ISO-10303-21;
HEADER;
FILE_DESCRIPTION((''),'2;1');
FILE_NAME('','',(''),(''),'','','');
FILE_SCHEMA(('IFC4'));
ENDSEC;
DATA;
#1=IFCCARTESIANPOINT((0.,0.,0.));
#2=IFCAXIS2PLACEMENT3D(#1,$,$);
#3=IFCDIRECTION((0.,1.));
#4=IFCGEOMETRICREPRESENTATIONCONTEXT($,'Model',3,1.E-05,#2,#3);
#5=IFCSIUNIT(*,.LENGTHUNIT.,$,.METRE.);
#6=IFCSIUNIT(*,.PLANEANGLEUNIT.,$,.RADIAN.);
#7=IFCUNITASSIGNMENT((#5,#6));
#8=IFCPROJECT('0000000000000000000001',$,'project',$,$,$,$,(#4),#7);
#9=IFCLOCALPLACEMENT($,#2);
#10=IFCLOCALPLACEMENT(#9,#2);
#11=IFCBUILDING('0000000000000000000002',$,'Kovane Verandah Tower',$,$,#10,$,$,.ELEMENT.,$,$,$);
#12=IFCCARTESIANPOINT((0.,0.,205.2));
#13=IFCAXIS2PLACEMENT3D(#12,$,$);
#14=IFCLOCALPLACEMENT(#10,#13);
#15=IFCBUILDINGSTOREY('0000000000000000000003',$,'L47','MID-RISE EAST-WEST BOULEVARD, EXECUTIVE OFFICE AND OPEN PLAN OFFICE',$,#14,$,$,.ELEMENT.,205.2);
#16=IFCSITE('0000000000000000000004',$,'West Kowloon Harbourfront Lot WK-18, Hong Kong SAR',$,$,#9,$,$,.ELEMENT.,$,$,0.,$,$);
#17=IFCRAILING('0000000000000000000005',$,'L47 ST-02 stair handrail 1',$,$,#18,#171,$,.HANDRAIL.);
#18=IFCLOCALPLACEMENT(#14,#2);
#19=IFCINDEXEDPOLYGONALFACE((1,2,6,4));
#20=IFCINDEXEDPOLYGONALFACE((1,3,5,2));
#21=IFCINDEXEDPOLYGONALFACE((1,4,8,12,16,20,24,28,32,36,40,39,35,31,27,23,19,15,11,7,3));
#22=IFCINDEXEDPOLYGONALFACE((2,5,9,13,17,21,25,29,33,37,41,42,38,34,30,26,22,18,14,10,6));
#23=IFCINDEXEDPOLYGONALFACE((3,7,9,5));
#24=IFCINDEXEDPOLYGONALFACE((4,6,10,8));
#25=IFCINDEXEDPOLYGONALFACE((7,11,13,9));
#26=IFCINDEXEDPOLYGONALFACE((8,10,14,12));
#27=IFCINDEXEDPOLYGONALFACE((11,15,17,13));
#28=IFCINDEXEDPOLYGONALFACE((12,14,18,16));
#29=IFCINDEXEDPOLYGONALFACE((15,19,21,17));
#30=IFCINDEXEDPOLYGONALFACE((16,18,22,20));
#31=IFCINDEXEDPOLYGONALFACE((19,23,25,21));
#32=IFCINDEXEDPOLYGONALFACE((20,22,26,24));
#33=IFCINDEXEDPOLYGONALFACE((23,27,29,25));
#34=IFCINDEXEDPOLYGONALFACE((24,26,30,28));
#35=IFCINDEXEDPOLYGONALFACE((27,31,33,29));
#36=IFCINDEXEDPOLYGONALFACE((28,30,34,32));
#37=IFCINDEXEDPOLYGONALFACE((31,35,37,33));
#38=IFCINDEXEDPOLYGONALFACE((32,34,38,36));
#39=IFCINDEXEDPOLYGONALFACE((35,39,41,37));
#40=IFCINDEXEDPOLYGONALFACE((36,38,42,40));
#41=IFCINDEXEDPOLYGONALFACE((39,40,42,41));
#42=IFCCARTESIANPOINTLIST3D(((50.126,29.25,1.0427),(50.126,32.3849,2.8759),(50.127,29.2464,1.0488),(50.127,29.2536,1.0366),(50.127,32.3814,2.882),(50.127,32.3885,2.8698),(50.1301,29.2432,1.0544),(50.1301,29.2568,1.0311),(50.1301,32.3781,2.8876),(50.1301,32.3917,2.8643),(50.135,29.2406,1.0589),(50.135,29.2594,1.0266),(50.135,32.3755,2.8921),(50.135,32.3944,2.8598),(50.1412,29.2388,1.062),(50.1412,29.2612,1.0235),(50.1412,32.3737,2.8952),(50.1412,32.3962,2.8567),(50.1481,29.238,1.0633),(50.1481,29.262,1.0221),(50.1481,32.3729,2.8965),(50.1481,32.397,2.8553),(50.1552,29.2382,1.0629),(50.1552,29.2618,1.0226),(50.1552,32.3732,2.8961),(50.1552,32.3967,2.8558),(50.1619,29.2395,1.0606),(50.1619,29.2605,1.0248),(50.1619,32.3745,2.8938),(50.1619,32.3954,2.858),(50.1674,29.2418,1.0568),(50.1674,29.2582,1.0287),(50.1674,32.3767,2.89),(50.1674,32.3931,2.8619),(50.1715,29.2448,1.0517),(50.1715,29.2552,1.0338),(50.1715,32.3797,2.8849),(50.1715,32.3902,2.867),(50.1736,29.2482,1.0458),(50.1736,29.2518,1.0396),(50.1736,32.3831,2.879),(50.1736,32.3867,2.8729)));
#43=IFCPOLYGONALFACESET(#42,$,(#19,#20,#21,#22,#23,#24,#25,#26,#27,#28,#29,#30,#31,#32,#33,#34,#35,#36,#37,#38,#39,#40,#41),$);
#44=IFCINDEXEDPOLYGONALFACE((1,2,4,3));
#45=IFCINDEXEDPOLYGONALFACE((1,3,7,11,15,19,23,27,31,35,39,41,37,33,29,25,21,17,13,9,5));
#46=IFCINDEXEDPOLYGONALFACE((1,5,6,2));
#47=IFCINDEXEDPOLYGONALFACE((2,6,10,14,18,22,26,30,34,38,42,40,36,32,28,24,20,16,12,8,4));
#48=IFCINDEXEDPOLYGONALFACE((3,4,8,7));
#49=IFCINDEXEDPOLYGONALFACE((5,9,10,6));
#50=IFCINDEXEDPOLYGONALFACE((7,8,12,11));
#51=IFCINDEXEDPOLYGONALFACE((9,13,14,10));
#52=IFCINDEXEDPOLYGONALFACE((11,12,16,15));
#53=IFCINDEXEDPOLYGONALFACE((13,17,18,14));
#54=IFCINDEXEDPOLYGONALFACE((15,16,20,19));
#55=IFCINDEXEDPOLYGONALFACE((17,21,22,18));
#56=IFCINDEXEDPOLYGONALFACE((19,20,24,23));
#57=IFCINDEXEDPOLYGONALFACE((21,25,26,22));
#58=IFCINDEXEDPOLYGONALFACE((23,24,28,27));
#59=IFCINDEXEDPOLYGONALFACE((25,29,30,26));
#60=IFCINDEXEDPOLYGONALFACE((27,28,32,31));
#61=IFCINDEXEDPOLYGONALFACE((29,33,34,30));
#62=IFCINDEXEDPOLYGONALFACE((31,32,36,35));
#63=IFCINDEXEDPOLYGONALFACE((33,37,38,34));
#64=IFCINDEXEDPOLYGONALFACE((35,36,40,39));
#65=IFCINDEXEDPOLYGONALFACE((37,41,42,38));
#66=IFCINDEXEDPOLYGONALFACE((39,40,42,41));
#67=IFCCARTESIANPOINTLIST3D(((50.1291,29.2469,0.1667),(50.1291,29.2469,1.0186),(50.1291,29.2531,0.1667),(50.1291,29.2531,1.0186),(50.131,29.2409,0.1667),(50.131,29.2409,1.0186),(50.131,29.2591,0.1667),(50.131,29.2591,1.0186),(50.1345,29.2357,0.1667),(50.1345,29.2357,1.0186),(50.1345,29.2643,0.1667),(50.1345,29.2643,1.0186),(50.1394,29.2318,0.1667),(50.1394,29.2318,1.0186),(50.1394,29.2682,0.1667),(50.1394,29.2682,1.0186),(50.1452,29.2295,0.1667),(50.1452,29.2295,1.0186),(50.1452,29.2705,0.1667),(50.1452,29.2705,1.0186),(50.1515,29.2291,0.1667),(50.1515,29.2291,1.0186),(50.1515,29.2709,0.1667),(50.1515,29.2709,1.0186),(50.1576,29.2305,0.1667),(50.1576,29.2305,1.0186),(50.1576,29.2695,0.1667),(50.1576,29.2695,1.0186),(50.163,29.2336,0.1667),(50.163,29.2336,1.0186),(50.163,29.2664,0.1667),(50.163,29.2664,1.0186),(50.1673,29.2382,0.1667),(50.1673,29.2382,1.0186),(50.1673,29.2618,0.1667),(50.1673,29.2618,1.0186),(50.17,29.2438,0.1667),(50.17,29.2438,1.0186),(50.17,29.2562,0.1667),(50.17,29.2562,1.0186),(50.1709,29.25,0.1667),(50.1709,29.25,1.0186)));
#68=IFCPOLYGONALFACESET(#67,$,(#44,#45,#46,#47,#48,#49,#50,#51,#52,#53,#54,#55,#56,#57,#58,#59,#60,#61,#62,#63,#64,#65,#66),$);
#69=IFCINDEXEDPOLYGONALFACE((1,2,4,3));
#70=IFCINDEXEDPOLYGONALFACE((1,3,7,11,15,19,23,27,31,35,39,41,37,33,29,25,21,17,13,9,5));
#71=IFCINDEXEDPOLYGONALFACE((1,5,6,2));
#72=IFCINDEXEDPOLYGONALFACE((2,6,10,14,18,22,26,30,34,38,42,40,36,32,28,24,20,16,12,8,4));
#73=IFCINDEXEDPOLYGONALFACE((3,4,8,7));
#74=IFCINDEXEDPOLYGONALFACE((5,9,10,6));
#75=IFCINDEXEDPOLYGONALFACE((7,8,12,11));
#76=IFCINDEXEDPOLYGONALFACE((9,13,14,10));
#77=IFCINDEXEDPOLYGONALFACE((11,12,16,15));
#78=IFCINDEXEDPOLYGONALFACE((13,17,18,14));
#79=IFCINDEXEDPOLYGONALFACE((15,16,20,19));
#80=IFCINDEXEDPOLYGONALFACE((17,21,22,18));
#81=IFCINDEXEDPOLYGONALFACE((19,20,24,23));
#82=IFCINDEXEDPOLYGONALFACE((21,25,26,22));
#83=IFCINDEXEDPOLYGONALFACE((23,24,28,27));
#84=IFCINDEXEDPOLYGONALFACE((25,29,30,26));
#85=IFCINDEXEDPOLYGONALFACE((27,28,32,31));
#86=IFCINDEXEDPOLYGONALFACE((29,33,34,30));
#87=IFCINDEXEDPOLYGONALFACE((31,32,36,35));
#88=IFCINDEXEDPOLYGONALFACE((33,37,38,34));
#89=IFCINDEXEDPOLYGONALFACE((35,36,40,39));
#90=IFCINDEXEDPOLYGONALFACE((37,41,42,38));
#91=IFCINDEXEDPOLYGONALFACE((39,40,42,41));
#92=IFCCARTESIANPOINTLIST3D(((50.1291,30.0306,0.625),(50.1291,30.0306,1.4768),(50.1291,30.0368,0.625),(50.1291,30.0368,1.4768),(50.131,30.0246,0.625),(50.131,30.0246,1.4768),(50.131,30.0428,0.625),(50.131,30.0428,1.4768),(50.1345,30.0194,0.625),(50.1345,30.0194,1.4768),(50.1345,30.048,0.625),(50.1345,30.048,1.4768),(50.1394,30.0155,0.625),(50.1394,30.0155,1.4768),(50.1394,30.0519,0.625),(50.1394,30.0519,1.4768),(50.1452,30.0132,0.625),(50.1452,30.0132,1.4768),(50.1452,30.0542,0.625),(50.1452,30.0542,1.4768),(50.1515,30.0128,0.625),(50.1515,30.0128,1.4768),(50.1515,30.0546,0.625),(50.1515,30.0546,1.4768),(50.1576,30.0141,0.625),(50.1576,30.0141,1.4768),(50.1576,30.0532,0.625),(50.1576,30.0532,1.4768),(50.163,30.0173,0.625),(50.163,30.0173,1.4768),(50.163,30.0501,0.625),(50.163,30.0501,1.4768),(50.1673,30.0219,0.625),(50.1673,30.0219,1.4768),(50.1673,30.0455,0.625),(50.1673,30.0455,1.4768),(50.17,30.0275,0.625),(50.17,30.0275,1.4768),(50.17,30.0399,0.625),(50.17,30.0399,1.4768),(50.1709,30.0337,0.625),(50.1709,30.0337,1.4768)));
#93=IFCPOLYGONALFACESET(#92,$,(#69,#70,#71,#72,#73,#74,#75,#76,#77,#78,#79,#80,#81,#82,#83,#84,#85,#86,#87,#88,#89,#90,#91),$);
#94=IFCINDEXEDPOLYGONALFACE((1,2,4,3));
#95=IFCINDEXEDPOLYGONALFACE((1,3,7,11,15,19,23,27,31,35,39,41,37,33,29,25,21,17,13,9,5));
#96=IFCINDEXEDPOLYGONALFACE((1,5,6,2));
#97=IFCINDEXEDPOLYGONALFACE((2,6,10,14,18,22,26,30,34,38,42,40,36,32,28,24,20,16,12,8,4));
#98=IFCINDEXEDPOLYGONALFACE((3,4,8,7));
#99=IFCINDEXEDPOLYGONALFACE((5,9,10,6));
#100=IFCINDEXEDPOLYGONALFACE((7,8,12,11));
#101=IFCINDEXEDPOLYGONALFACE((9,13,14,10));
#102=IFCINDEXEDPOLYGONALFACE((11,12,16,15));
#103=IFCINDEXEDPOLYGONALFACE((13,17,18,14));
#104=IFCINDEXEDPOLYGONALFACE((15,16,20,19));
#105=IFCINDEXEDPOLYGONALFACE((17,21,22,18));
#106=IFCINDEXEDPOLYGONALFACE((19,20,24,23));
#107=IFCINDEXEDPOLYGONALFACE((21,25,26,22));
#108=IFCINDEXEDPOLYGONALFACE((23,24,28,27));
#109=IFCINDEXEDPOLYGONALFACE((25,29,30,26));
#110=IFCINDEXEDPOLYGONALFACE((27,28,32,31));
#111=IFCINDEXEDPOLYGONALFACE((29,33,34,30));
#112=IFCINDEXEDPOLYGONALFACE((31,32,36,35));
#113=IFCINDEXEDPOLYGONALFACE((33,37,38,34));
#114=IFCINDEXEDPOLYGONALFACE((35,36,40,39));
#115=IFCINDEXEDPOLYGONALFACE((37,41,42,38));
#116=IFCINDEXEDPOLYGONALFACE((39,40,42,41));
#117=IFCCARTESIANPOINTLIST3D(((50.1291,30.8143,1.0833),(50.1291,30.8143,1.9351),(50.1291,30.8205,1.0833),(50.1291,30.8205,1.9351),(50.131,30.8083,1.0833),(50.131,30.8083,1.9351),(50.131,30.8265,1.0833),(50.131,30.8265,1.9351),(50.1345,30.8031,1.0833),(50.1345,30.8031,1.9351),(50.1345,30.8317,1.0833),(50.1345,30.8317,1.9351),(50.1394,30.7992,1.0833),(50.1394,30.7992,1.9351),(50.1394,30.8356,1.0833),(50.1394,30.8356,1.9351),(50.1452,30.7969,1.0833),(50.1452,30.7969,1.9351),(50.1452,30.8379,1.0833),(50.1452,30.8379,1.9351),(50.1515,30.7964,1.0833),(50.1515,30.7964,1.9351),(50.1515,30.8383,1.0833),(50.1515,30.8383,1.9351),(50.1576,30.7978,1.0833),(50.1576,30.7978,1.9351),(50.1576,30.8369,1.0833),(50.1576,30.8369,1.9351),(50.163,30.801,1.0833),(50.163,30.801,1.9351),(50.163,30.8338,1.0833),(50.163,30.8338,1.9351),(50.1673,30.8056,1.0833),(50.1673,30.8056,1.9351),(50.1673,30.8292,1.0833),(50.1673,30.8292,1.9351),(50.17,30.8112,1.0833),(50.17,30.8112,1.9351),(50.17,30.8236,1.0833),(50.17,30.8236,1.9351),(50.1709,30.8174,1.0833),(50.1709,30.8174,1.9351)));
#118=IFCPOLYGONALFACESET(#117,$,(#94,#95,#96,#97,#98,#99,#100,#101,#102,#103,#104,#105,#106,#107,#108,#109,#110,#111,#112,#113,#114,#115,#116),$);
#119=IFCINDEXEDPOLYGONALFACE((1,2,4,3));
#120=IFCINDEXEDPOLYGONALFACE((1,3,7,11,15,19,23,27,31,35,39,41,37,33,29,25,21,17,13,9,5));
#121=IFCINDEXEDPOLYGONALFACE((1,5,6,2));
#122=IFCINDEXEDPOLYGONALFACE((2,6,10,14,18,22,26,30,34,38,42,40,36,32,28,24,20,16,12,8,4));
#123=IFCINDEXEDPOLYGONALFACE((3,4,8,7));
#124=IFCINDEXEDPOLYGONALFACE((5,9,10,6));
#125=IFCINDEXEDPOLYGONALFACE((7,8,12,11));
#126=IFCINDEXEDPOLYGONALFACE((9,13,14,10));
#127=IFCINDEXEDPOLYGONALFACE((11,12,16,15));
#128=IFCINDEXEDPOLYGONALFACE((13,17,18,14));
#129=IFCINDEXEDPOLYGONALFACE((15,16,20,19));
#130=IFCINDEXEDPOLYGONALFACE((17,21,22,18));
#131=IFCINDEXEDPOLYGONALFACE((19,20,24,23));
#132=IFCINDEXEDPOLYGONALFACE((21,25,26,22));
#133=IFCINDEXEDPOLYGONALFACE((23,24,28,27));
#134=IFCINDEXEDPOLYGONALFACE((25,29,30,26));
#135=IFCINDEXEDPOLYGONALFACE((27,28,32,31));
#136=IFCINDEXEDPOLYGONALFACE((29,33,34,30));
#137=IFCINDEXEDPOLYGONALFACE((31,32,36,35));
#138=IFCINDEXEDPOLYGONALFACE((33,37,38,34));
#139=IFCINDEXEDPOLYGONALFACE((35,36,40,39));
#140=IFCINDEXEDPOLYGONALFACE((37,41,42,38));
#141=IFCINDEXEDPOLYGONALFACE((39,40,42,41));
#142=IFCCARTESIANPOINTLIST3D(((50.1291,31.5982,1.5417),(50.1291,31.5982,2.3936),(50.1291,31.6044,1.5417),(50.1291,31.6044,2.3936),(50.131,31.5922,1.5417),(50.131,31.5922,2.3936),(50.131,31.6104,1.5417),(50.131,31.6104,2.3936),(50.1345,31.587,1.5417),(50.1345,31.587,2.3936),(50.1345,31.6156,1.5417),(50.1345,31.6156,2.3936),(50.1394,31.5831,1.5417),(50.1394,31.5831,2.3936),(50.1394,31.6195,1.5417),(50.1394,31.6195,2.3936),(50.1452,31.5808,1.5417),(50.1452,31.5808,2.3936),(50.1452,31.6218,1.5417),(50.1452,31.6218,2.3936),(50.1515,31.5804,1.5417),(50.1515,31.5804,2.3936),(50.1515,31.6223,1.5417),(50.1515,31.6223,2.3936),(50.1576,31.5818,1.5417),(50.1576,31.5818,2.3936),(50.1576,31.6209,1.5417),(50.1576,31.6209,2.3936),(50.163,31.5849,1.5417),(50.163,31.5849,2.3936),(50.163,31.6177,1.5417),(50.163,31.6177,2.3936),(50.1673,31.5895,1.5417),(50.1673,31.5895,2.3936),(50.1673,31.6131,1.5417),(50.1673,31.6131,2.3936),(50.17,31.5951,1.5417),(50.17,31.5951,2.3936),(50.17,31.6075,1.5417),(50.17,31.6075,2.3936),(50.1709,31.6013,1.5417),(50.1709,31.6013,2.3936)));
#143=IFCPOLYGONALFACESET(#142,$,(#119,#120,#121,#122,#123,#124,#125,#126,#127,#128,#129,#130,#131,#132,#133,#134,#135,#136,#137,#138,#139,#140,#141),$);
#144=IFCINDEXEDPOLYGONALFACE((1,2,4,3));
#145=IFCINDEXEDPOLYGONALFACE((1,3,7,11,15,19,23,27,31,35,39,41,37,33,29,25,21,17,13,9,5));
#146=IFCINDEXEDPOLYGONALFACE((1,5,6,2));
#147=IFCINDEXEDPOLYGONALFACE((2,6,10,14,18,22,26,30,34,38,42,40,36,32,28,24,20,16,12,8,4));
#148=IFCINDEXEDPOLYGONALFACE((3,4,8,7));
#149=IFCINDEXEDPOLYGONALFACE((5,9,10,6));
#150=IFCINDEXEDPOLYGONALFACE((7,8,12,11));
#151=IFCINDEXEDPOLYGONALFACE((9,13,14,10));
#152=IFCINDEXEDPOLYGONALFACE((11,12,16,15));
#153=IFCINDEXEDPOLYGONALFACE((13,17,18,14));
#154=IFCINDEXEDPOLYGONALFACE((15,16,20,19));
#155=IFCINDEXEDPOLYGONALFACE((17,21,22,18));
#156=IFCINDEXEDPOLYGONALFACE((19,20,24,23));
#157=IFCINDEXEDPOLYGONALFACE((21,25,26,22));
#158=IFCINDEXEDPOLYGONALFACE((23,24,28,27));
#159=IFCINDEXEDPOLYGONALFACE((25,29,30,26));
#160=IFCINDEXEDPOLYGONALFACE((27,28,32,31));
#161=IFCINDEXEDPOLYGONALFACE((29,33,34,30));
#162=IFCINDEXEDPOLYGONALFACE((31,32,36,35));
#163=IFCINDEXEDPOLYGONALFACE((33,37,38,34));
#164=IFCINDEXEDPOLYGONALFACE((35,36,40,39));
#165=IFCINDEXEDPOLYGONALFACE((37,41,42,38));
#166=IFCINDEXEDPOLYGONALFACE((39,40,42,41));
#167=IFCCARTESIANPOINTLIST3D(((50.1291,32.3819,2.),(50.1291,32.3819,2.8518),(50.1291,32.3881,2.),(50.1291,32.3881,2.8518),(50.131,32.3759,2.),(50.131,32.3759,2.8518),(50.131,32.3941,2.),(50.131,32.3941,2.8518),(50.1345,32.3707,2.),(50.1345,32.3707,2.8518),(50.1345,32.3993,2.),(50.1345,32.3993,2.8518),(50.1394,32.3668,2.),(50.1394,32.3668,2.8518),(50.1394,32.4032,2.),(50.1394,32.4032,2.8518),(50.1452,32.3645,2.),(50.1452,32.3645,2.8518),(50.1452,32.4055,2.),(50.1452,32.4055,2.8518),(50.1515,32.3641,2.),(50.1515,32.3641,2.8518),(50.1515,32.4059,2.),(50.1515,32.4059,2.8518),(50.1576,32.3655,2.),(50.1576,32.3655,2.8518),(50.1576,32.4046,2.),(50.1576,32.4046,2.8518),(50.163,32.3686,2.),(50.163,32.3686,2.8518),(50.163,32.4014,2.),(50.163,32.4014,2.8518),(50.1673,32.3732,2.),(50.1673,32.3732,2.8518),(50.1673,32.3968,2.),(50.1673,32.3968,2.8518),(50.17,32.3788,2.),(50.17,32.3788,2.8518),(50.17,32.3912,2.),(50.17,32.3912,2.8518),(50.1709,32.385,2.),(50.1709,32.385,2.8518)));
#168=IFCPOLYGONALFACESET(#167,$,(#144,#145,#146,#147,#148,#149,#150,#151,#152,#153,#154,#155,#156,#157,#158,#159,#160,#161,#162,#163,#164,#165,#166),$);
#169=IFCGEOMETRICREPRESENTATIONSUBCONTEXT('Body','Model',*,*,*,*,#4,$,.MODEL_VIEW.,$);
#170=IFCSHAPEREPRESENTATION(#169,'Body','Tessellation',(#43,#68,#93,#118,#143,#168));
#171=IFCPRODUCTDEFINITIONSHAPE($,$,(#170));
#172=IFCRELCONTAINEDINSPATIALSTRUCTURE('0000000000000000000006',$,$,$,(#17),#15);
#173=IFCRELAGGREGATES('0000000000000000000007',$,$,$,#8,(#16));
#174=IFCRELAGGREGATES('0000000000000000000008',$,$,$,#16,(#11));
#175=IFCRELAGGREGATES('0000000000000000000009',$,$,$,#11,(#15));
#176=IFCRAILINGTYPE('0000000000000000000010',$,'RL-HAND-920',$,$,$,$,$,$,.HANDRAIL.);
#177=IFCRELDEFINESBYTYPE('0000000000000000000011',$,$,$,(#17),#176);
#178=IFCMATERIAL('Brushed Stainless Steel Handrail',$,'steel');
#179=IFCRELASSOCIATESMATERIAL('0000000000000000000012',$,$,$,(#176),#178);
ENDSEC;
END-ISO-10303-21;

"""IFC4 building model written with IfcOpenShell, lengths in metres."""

from ifc_helpers import new_model, si_unit, direction, frame, origin, origin_2d, place, context, subcontext, project, spatial, circle, extrude, material, type_object, element, save


model = new_model("IFC4")

# Units and contexts
model_context = context("Model", 3, precision=1e-05, world=origin(), true_north=direction((0.0, 1.0)))
body_context = subcontext(model_context, "Body", "Model", "MODEL_VIEW")
ifc_project = project(units=[si_unit("LENGTHUNIT", "METRE"), si_unit("PLANEANGLEUNIT", "RADIAN")], contexts=[model_context])

# Site, building, storey
site_placement = place(None, origin())
site = spatial("IfcSite", under=ifc_project, at=site_placement, Name="West Kowloon Harbourfront Lot WK-18, Hong Kong SAR", CompositionType="ELEMENT", RefElevation=0.0)
building_placement = place(site_placement, origin())
building = spatial("IfcBuilding", under=site, at=building_placement, Name="Kovane Verandah Tower", CompositionType="ELEMENT")
storey_placement = place(building_placement, frame((0.0, 0.0, 205.2)))
storey = spatial("IfcBuildingStorey", under=building, at=storey_placement, Name="L47", Description="MID-RISE EAST-WEST BOULEVARD, EXECUTIVE OFFICE AND OPEN PLAN OFFICE", CompositionType="ELEMENT", Elevation=205.2)

# Railing
ifc_material_1 = material(Name="Brushed Stainless Steel Handrail", Category="steel")
railing_type_1 = type_object("IfcRailingType", Name="RL-HAND-920", PredefinedType="HANDRAIL", material=ifc_material_1)
railing_1_placement = place(storey_placement, frame((50.1499, 29.25, 0.1667)))
element("IfcRailing", 1, at=railing_1_placement, inside=storey, type_object=railing_type_1, Name="L47 ST-02 stair handrail 1", PredefinedType="HANDRAIL", context=body_context, shape_type="SweptSolid", body=[
    extrude(circle(Radius=0.0239, at=origin_2d()), frame((0.0, 0.0, 0.876), z_axis=(0.0, 0.86324, 0.504794), x_axis=(-1.0, 0.0, 0.0)), (0.0, 0.0, 1.0), 3.6316),
    extrude(circle(Radius=0.021, at=origin_2d()), origin(), (0.0, 0.0, 1.0), 0.8518),
    extrude(circle(Radius=0.021, at=origin_2d()), frame((0.0, 0.7837, 0.4583)), (0.0, 0.0, 1.0), 0.8518),
    extrude(circle(Radius=0.021, at=origin_2d()), frame((0.0, 1.5674, 0.9165)), (0.0, 0.0, 1.0), 0.8518),
    extrude(circle(Radius=0.021, at=origin_2d()), frame((0.0, 2.3513, 1.375)), (0.0, 0.0, 1.0), 0.8518),
    extrude(circle(Radius=0.021, at=origin_2d()), frame((0.0, 3.135, 1.8333)), (0.0, 0.0, 1.0), 0.8518),
])

save(model, "model.ifc")
